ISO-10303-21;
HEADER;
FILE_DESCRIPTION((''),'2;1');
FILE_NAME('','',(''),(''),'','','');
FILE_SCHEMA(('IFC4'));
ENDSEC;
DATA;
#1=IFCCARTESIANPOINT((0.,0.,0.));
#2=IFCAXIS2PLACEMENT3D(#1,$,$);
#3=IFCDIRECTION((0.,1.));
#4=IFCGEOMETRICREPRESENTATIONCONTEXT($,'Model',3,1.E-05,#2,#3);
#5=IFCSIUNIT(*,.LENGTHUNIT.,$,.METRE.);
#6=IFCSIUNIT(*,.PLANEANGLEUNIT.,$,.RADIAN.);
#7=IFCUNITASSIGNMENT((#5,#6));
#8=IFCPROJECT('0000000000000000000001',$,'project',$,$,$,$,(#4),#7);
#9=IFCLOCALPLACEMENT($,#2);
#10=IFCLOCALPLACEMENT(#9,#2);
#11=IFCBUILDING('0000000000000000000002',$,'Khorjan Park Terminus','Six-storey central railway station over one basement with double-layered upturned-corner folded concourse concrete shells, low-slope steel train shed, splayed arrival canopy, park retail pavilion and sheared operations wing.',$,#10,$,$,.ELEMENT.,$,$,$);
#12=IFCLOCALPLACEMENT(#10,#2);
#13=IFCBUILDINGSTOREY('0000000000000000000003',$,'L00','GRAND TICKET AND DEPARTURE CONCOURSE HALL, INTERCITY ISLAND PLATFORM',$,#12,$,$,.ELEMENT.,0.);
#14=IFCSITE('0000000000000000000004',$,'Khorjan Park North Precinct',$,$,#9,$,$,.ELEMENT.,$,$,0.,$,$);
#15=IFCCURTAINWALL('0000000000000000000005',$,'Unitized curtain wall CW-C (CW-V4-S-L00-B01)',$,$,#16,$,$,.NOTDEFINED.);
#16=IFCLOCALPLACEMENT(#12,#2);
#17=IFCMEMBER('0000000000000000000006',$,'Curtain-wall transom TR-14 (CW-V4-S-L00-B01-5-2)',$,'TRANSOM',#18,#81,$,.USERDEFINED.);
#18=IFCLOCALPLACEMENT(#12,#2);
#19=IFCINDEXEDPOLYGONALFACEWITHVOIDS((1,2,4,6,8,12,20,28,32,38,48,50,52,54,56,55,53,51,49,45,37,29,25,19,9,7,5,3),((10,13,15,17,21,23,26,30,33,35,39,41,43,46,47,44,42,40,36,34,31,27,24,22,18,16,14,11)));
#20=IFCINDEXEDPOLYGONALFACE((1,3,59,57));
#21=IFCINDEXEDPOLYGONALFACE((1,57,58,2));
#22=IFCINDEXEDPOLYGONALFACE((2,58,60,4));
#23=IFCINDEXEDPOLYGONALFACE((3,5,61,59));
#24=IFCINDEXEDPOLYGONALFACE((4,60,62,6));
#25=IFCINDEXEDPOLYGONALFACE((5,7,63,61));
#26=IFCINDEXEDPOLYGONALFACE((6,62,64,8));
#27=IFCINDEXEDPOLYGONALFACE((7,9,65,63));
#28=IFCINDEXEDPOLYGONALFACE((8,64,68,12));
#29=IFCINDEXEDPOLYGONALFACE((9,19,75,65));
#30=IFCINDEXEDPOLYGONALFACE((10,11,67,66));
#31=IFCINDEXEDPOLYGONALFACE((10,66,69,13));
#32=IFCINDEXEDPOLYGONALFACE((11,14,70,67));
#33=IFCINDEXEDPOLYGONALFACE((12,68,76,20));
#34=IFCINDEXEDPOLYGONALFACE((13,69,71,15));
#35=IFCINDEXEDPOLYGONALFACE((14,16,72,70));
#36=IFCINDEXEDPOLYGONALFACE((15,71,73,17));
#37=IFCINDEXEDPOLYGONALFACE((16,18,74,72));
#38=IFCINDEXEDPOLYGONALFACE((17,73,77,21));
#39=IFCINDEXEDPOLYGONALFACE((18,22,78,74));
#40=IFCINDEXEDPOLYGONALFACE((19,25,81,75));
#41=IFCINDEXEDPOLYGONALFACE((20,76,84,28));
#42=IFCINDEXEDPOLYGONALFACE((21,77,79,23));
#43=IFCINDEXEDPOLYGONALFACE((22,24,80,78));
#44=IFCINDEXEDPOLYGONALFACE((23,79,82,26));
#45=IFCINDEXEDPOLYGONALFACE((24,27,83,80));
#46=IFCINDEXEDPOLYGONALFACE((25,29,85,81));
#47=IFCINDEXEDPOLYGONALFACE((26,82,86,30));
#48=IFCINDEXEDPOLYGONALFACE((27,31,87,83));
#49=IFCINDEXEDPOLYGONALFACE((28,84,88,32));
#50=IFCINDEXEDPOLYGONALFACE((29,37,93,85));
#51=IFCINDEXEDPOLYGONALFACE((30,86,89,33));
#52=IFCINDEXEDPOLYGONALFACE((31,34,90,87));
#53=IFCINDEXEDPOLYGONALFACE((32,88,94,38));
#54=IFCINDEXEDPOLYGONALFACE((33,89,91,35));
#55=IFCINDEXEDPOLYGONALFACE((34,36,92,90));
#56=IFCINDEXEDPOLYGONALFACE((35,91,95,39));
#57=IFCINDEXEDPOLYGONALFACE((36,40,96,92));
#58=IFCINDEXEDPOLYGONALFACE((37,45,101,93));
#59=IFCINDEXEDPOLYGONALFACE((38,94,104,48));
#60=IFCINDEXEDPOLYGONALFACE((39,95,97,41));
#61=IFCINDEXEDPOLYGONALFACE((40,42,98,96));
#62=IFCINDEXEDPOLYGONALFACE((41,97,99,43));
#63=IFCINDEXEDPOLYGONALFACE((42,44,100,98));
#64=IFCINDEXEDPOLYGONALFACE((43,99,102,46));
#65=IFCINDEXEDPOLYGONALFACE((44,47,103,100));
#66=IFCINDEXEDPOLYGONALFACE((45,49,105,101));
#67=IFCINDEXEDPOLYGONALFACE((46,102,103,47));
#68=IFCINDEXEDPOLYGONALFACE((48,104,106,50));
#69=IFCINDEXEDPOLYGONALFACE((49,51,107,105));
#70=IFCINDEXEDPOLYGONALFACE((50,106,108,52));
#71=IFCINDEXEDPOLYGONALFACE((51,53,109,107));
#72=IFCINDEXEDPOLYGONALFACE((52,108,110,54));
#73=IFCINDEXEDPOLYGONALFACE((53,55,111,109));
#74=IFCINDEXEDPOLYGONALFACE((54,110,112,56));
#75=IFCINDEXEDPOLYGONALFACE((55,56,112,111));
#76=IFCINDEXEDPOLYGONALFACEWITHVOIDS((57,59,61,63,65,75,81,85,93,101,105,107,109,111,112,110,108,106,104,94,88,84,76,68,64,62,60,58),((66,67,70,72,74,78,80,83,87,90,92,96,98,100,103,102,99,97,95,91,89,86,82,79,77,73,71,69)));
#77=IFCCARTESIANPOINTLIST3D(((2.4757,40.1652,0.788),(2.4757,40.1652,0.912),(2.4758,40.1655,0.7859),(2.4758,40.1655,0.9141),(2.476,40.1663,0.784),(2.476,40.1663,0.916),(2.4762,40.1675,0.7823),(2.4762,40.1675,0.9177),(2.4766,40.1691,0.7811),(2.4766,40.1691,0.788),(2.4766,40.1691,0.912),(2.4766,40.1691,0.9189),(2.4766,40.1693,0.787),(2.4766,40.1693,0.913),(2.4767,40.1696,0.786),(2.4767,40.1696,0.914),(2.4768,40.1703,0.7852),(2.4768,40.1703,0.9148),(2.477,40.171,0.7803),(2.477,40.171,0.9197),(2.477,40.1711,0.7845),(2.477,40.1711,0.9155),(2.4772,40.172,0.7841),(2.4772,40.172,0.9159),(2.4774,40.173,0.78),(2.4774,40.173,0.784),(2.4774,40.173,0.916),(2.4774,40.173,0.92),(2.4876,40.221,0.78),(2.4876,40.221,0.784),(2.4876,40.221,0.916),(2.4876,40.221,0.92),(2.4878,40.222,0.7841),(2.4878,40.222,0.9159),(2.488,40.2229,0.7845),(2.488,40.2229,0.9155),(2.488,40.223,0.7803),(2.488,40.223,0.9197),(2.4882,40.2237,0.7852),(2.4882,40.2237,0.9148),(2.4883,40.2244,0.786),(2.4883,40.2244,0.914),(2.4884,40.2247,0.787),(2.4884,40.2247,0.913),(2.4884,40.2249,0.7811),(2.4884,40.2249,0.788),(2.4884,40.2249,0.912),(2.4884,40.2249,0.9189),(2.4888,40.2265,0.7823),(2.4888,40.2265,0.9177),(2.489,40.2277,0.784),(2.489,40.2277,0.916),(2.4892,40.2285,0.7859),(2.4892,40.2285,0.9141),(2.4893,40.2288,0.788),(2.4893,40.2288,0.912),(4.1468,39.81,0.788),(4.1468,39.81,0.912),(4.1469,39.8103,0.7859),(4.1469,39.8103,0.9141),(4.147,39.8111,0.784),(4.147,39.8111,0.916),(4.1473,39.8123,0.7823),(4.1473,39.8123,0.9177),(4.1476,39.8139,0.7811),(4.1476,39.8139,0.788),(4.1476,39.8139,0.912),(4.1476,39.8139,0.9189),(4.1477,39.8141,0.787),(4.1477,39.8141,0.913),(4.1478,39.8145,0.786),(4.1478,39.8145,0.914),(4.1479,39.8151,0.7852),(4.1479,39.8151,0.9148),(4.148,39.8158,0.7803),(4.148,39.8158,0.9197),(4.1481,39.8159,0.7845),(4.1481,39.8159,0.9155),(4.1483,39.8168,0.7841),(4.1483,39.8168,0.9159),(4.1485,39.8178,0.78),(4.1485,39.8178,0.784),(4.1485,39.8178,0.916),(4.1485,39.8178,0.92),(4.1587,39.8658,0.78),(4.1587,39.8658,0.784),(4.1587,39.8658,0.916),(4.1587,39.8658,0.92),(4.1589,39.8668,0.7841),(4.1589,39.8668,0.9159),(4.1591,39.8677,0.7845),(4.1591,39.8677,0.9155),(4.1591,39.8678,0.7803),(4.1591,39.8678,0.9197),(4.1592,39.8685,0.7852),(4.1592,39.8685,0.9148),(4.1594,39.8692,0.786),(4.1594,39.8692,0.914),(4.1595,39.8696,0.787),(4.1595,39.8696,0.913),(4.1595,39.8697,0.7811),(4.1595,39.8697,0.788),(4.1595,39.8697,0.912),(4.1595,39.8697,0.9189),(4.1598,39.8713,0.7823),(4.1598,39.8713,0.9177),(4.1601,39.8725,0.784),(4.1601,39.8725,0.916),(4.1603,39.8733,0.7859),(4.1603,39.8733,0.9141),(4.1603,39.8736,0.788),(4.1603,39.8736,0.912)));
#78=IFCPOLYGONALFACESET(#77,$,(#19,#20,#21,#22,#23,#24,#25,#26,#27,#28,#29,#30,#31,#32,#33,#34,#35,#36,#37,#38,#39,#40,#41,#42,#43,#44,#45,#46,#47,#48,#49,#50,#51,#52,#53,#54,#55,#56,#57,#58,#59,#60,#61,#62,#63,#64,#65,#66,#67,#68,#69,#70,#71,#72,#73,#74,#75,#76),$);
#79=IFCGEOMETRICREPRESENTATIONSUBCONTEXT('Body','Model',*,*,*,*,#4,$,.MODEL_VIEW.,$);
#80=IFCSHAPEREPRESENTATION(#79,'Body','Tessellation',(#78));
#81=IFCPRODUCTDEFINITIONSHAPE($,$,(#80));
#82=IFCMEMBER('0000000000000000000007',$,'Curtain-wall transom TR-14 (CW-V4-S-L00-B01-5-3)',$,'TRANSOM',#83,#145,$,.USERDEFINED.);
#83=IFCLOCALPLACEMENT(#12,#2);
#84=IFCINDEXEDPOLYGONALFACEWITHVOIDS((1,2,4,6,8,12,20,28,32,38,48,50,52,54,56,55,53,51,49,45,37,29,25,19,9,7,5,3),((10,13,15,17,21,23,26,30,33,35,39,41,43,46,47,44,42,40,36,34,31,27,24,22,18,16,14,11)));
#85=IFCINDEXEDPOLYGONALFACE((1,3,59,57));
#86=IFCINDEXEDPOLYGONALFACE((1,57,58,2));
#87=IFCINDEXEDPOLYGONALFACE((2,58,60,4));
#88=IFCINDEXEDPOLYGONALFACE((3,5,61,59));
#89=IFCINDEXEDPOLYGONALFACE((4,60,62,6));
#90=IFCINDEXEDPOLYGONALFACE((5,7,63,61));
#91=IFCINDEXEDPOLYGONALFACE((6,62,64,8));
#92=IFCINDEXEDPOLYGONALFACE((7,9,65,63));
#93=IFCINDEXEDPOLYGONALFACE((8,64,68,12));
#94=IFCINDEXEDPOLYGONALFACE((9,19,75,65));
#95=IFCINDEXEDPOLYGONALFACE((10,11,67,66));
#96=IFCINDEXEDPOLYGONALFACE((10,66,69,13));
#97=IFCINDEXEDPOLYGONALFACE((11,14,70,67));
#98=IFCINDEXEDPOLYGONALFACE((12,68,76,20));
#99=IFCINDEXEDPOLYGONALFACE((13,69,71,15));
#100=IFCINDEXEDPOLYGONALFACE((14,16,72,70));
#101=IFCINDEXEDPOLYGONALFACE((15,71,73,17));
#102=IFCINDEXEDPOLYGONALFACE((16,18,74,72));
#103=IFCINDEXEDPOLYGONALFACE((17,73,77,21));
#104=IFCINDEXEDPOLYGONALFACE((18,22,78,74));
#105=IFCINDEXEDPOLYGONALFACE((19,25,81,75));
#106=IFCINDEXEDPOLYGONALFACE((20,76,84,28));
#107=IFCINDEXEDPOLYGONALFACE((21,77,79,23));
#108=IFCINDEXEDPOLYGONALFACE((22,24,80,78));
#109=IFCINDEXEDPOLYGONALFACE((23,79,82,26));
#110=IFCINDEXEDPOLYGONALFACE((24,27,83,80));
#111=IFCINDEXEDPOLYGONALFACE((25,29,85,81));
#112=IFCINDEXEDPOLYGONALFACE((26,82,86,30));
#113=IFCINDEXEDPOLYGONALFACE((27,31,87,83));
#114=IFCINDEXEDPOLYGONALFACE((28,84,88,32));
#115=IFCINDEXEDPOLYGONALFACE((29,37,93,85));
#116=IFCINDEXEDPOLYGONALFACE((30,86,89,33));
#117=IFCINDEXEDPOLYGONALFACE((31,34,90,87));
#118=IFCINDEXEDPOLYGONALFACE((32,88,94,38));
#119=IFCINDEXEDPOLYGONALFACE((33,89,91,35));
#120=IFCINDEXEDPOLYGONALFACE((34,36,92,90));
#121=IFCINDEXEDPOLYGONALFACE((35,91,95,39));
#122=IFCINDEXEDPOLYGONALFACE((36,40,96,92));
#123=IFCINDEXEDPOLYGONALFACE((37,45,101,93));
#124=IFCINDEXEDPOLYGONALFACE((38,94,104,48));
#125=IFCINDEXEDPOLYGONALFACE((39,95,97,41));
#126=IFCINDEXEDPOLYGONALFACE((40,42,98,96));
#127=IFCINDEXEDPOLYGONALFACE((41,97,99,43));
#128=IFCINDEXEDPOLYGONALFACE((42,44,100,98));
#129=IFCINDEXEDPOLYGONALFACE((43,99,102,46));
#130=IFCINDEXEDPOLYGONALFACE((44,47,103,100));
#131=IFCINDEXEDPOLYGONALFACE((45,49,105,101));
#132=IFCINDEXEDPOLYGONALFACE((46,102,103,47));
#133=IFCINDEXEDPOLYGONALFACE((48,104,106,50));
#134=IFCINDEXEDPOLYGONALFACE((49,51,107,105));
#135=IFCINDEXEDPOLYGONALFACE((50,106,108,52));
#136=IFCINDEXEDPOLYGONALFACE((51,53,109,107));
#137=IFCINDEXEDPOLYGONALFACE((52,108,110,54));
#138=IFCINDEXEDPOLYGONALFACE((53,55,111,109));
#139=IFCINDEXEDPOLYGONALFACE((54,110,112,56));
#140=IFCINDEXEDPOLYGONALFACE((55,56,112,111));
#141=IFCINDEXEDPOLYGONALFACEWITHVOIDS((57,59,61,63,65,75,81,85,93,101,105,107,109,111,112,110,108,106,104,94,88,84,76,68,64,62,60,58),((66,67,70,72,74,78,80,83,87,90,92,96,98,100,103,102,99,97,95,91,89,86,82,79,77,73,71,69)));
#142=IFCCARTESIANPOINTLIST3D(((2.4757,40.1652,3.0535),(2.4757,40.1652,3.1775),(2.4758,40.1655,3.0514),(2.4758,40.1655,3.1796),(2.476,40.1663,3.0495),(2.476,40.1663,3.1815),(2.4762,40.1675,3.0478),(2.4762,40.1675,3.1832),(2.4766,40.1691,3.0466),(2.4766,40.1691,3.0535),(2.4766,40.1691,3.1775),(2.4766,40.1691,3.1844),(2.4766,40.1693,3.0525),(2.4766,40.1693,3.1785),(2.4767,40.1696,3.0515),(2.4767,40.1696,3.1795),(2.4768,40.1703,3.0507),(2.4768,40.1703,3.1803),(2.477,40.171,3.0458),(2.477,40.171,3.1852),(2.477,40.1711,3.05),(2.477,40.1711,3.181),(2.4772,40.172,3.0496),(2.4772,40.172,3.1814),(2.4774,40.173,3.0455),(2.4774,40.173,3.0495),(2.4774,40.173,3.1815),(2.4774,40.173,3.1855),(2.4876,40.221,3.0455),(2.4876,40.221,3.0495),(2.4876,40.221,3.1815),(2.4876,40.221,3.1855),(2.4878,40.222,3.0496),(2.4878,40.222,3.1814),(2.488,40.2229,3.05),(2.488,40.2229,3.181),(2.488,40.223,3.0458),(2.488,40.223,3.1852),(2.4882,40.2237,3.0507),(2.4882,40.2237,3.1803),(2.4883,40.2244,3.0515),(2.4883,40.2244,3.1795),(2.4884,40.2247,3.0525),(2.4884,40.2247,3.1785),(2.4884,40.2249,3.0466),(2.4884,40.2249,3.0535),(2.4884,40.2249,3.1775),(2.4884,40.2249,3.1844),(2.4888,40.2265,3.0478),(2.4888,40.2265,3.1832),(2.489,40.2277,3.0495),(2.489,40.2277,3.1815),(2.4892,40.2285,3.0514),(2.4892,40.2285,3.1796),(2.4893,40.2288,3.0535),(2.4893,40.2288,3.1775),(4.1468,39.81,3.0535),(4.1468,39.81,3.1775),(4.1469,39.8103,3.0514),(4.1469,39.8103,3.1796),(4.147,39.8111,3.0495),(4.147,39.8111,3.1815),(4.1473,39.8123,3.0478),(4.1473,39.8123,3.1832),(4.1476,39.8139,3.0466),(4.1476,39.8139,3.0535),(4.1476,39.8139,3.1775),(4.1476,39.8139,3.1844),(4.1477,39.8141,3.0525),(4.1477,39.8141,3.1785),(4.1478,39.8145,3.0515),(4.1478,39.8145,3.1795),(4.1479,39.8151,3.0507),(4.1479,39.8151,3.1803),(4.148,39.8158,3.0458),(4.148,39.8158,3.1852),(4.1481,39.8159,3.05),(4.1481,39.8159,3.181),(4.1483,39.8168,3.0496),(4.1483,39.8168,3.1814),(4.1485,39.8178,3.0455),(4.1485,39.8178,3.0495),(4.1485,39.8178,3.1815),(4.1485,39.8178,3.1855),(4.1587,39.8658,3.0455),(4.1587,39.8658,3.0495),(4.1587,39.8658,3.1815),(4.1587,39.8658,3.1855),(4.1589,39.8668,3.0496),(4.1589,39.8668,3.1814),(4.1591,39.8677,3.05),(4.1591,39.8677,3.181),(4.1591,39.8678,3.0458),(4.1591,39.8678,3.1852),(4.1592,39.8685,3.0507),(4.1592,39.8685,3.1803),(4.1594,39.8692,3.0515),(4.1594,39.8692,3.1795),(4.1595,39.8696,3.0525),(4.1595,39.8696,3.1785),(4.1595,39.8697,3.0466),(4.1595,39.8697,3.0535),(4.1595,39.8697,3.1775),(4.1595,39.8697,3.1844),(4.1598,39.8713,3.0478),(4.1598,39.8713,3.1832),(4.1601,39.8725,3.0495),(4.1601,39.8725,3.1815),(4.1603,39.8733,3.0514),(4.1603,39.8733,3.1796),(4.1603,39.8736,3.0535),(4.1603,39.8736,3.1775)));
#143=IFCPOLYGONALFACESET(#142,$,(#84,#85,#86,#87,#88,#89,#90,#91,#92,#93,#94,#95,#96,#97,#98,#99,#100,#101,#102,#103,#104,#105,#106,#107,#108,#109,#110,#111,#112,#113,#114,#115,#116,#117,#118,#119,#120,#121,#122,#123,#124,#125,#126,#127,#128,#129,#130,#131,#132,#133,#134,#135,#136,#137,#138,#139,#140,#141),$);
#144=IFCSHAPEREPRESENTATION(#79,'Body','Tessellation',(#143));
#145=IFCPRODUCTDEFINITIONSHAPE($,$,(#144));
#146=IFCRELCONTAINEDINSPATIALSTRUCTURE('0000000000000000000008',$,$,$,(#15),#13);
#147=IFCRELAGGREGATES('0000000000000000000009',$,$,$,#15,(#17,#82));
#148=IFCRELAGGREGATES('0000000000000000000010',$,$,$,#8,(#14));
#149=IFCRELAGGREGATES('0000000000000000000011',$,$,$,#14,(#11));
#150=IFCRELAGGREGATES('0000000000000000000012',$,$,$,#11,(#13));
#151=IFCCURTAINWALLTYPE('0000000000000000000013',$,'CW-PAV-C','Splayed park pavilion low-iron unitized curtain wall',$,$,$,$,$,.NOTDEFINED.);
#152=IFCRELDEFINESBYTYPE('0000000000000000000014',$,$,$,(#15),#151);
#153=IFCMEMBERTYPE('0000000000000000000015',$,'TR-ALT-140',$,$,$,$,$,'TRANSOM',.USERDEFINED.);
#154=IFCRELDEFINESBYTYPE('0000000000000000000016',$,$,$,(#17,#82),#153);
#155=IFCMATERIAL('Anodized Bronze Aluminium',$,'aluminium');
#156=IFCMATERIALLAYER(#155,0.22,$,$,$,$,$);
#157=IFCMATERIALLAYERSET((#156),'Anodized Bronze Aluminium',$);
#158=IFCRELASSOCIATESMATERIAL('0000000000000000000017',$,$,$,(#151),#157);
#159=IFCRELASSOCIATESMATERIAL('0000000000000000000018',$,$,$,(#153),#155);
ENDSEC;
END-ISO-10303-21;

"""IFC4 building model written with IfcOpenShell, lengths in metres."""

from ifc_helpers import new_model, si_unit, direction, frame, origin, origin_2d, place, context, subcontext, project, spatial, hollow_rectangle, extrude, material, layer, layer_set, material_profile, profile_set, type_object, element, aggregate, save


model = new_model("IFC4")

# Units and contexts
model_context = context("Model", 3, precision=1e-05, world=origin(), true_north=direction((0.0, 1.0)))
body_context = subcontext(model_context, "Body", "Model", "MODEL_VIEW")
ifc_project = project(units=[si_unit("LENGTHUNIT", "METRE"), si_unit("PLANEANGLEUNIT", "RADIAN")], contexts=[model_context])

# Site, building, storey
site_placement = place(None, origin())
site = spatial("IfcSite", under=ifc_project, at=site_placement, Name="Khorjan Park North Precinct", CompositionType="ELEMENT", RefElevation=0.0)
building_placement = place(site_placement, origin())
building = spatial("IfcBuilding", under=site, at=building_placement, Name="Khorjan Park Terminus", Description="Six-storey central railway station over one basement with double-layered upturned-corner folded concourse concrete shells, low-slope steel train shed, splayed arrival canopy, park retail pavilion and sheared operations wing.", CompositionType="ELEMENT")
storey_placement = place(building_placement, origin())
storey = spatial("IfcBuildingStorey", under=building, at=storey_placement, Name="L00", Description="GRAND TICKET AND DEPARTURE CONCOURSE HALL, INTERCITY ISLAND PLATFORM", CompositionType="ELEMENT", Elevation=0.0)

# Curtain wall, members
ifc_material_1 = material(Name="Anodized Bronze Aluminium", Category="aluminium")
ifc_layer_1 = layer(ifc_material_1, 0.22)
ifc_layer_set_1 = layer_set([ifc_layer_1], Name="Anodized Bronze Aluminium")
curtain_wall_type = type_object("IfcCurtainWallType", Name="CW-PAV-C", Description="Splayed park pavilion low-iron unitized curtain wall", PredefinedType="NOTDEFINED", material=ifc_layer_set_1)
curtain_wall_placement = place(storey_placement, origin())
curtain_wall = element("IfcCurtainWall", 1, at=curtain_wall_placement, inside=storey, type_object=curtain_wall_type, Name="Unitized curtain wall CW-C (CW-V4-S-L00-B01)", PredefinedType="NOTDEFINED")
ifc_material_profile_1 = material_profile(ifc_material_1, hollow_rectangle(XDim=0.065, YDim=0.14, WallThickness=0.004, InnerFilletRadius=0.004, OuterFilletRadius=0.008, at=origin_2d()), Name="ALT 65x140x4")
ifc_profile_set_1 = profile_set([ifc_material_profile_1], Name="Anodized Bronze Aluminium")
member_type_1 = type_object("IfcMemberType", Name="TR-ALT-140", ElementType="TRANSOM", PredefinedType="USERDEFINED", material=ifc_profile_set_1)
member_1_placement = place(storey_placement, frame((2.4825, 40.197, 0.85), z_axis=(0.978148, -0.20791, 0.0), x_axis=(0.20791, 0.978148, 0.0)))
member_1 = element("IfcMember", 2, at=member_1_placement, type_object=member_type_1, Name="Curtain-wall transom TR-14 (CW-V4-S-L00-B01-5-2)", ObjectType="TRANSOM", PredefinedType="USERDEFINED", context=body_context, shape_type="SweptSolid", body=[
    extrude(hollow_rectangle(XDim=0.065, YDim=0.14, WallThickness=0.004, InnerFilletRadius=0.004, OuterFilletRadius=0.008, at=origin_2d()), origin(), (0.0, 0.0, 1.0), 1.7084),
])
member_2_placement = place(storey_placement, frame((2.4825, 40.197, 3.1155), z_axis=(0.978148, -0.20791, 0.0), x_axis=(0.20791, 0.978148, 0.0)))
member_2 = element("IfcMember", 3, at=member_2_placement, type_object=member_type_1, Name="Curtain-wall transom TR-14 (CW-V4-S-L00-B01-5-3)", ObjectType="TRANSOM", PredefinedType="USERDEFINED", context=body_context, shape_type="SweptSolid", body=[
    extrude(hollow_rectangle(XDim=0.065, YDim=0.14, WallThickness=0.004, InnerFilletRadius=0.004, OuterFilletRadius=0.008, at=origin_2d()), origin(), (0.0, 0.0, 1.0), 1.7084),
])
aggregate(curtain_wall, [member_1, member_2])

save(model, "model.ifc")
